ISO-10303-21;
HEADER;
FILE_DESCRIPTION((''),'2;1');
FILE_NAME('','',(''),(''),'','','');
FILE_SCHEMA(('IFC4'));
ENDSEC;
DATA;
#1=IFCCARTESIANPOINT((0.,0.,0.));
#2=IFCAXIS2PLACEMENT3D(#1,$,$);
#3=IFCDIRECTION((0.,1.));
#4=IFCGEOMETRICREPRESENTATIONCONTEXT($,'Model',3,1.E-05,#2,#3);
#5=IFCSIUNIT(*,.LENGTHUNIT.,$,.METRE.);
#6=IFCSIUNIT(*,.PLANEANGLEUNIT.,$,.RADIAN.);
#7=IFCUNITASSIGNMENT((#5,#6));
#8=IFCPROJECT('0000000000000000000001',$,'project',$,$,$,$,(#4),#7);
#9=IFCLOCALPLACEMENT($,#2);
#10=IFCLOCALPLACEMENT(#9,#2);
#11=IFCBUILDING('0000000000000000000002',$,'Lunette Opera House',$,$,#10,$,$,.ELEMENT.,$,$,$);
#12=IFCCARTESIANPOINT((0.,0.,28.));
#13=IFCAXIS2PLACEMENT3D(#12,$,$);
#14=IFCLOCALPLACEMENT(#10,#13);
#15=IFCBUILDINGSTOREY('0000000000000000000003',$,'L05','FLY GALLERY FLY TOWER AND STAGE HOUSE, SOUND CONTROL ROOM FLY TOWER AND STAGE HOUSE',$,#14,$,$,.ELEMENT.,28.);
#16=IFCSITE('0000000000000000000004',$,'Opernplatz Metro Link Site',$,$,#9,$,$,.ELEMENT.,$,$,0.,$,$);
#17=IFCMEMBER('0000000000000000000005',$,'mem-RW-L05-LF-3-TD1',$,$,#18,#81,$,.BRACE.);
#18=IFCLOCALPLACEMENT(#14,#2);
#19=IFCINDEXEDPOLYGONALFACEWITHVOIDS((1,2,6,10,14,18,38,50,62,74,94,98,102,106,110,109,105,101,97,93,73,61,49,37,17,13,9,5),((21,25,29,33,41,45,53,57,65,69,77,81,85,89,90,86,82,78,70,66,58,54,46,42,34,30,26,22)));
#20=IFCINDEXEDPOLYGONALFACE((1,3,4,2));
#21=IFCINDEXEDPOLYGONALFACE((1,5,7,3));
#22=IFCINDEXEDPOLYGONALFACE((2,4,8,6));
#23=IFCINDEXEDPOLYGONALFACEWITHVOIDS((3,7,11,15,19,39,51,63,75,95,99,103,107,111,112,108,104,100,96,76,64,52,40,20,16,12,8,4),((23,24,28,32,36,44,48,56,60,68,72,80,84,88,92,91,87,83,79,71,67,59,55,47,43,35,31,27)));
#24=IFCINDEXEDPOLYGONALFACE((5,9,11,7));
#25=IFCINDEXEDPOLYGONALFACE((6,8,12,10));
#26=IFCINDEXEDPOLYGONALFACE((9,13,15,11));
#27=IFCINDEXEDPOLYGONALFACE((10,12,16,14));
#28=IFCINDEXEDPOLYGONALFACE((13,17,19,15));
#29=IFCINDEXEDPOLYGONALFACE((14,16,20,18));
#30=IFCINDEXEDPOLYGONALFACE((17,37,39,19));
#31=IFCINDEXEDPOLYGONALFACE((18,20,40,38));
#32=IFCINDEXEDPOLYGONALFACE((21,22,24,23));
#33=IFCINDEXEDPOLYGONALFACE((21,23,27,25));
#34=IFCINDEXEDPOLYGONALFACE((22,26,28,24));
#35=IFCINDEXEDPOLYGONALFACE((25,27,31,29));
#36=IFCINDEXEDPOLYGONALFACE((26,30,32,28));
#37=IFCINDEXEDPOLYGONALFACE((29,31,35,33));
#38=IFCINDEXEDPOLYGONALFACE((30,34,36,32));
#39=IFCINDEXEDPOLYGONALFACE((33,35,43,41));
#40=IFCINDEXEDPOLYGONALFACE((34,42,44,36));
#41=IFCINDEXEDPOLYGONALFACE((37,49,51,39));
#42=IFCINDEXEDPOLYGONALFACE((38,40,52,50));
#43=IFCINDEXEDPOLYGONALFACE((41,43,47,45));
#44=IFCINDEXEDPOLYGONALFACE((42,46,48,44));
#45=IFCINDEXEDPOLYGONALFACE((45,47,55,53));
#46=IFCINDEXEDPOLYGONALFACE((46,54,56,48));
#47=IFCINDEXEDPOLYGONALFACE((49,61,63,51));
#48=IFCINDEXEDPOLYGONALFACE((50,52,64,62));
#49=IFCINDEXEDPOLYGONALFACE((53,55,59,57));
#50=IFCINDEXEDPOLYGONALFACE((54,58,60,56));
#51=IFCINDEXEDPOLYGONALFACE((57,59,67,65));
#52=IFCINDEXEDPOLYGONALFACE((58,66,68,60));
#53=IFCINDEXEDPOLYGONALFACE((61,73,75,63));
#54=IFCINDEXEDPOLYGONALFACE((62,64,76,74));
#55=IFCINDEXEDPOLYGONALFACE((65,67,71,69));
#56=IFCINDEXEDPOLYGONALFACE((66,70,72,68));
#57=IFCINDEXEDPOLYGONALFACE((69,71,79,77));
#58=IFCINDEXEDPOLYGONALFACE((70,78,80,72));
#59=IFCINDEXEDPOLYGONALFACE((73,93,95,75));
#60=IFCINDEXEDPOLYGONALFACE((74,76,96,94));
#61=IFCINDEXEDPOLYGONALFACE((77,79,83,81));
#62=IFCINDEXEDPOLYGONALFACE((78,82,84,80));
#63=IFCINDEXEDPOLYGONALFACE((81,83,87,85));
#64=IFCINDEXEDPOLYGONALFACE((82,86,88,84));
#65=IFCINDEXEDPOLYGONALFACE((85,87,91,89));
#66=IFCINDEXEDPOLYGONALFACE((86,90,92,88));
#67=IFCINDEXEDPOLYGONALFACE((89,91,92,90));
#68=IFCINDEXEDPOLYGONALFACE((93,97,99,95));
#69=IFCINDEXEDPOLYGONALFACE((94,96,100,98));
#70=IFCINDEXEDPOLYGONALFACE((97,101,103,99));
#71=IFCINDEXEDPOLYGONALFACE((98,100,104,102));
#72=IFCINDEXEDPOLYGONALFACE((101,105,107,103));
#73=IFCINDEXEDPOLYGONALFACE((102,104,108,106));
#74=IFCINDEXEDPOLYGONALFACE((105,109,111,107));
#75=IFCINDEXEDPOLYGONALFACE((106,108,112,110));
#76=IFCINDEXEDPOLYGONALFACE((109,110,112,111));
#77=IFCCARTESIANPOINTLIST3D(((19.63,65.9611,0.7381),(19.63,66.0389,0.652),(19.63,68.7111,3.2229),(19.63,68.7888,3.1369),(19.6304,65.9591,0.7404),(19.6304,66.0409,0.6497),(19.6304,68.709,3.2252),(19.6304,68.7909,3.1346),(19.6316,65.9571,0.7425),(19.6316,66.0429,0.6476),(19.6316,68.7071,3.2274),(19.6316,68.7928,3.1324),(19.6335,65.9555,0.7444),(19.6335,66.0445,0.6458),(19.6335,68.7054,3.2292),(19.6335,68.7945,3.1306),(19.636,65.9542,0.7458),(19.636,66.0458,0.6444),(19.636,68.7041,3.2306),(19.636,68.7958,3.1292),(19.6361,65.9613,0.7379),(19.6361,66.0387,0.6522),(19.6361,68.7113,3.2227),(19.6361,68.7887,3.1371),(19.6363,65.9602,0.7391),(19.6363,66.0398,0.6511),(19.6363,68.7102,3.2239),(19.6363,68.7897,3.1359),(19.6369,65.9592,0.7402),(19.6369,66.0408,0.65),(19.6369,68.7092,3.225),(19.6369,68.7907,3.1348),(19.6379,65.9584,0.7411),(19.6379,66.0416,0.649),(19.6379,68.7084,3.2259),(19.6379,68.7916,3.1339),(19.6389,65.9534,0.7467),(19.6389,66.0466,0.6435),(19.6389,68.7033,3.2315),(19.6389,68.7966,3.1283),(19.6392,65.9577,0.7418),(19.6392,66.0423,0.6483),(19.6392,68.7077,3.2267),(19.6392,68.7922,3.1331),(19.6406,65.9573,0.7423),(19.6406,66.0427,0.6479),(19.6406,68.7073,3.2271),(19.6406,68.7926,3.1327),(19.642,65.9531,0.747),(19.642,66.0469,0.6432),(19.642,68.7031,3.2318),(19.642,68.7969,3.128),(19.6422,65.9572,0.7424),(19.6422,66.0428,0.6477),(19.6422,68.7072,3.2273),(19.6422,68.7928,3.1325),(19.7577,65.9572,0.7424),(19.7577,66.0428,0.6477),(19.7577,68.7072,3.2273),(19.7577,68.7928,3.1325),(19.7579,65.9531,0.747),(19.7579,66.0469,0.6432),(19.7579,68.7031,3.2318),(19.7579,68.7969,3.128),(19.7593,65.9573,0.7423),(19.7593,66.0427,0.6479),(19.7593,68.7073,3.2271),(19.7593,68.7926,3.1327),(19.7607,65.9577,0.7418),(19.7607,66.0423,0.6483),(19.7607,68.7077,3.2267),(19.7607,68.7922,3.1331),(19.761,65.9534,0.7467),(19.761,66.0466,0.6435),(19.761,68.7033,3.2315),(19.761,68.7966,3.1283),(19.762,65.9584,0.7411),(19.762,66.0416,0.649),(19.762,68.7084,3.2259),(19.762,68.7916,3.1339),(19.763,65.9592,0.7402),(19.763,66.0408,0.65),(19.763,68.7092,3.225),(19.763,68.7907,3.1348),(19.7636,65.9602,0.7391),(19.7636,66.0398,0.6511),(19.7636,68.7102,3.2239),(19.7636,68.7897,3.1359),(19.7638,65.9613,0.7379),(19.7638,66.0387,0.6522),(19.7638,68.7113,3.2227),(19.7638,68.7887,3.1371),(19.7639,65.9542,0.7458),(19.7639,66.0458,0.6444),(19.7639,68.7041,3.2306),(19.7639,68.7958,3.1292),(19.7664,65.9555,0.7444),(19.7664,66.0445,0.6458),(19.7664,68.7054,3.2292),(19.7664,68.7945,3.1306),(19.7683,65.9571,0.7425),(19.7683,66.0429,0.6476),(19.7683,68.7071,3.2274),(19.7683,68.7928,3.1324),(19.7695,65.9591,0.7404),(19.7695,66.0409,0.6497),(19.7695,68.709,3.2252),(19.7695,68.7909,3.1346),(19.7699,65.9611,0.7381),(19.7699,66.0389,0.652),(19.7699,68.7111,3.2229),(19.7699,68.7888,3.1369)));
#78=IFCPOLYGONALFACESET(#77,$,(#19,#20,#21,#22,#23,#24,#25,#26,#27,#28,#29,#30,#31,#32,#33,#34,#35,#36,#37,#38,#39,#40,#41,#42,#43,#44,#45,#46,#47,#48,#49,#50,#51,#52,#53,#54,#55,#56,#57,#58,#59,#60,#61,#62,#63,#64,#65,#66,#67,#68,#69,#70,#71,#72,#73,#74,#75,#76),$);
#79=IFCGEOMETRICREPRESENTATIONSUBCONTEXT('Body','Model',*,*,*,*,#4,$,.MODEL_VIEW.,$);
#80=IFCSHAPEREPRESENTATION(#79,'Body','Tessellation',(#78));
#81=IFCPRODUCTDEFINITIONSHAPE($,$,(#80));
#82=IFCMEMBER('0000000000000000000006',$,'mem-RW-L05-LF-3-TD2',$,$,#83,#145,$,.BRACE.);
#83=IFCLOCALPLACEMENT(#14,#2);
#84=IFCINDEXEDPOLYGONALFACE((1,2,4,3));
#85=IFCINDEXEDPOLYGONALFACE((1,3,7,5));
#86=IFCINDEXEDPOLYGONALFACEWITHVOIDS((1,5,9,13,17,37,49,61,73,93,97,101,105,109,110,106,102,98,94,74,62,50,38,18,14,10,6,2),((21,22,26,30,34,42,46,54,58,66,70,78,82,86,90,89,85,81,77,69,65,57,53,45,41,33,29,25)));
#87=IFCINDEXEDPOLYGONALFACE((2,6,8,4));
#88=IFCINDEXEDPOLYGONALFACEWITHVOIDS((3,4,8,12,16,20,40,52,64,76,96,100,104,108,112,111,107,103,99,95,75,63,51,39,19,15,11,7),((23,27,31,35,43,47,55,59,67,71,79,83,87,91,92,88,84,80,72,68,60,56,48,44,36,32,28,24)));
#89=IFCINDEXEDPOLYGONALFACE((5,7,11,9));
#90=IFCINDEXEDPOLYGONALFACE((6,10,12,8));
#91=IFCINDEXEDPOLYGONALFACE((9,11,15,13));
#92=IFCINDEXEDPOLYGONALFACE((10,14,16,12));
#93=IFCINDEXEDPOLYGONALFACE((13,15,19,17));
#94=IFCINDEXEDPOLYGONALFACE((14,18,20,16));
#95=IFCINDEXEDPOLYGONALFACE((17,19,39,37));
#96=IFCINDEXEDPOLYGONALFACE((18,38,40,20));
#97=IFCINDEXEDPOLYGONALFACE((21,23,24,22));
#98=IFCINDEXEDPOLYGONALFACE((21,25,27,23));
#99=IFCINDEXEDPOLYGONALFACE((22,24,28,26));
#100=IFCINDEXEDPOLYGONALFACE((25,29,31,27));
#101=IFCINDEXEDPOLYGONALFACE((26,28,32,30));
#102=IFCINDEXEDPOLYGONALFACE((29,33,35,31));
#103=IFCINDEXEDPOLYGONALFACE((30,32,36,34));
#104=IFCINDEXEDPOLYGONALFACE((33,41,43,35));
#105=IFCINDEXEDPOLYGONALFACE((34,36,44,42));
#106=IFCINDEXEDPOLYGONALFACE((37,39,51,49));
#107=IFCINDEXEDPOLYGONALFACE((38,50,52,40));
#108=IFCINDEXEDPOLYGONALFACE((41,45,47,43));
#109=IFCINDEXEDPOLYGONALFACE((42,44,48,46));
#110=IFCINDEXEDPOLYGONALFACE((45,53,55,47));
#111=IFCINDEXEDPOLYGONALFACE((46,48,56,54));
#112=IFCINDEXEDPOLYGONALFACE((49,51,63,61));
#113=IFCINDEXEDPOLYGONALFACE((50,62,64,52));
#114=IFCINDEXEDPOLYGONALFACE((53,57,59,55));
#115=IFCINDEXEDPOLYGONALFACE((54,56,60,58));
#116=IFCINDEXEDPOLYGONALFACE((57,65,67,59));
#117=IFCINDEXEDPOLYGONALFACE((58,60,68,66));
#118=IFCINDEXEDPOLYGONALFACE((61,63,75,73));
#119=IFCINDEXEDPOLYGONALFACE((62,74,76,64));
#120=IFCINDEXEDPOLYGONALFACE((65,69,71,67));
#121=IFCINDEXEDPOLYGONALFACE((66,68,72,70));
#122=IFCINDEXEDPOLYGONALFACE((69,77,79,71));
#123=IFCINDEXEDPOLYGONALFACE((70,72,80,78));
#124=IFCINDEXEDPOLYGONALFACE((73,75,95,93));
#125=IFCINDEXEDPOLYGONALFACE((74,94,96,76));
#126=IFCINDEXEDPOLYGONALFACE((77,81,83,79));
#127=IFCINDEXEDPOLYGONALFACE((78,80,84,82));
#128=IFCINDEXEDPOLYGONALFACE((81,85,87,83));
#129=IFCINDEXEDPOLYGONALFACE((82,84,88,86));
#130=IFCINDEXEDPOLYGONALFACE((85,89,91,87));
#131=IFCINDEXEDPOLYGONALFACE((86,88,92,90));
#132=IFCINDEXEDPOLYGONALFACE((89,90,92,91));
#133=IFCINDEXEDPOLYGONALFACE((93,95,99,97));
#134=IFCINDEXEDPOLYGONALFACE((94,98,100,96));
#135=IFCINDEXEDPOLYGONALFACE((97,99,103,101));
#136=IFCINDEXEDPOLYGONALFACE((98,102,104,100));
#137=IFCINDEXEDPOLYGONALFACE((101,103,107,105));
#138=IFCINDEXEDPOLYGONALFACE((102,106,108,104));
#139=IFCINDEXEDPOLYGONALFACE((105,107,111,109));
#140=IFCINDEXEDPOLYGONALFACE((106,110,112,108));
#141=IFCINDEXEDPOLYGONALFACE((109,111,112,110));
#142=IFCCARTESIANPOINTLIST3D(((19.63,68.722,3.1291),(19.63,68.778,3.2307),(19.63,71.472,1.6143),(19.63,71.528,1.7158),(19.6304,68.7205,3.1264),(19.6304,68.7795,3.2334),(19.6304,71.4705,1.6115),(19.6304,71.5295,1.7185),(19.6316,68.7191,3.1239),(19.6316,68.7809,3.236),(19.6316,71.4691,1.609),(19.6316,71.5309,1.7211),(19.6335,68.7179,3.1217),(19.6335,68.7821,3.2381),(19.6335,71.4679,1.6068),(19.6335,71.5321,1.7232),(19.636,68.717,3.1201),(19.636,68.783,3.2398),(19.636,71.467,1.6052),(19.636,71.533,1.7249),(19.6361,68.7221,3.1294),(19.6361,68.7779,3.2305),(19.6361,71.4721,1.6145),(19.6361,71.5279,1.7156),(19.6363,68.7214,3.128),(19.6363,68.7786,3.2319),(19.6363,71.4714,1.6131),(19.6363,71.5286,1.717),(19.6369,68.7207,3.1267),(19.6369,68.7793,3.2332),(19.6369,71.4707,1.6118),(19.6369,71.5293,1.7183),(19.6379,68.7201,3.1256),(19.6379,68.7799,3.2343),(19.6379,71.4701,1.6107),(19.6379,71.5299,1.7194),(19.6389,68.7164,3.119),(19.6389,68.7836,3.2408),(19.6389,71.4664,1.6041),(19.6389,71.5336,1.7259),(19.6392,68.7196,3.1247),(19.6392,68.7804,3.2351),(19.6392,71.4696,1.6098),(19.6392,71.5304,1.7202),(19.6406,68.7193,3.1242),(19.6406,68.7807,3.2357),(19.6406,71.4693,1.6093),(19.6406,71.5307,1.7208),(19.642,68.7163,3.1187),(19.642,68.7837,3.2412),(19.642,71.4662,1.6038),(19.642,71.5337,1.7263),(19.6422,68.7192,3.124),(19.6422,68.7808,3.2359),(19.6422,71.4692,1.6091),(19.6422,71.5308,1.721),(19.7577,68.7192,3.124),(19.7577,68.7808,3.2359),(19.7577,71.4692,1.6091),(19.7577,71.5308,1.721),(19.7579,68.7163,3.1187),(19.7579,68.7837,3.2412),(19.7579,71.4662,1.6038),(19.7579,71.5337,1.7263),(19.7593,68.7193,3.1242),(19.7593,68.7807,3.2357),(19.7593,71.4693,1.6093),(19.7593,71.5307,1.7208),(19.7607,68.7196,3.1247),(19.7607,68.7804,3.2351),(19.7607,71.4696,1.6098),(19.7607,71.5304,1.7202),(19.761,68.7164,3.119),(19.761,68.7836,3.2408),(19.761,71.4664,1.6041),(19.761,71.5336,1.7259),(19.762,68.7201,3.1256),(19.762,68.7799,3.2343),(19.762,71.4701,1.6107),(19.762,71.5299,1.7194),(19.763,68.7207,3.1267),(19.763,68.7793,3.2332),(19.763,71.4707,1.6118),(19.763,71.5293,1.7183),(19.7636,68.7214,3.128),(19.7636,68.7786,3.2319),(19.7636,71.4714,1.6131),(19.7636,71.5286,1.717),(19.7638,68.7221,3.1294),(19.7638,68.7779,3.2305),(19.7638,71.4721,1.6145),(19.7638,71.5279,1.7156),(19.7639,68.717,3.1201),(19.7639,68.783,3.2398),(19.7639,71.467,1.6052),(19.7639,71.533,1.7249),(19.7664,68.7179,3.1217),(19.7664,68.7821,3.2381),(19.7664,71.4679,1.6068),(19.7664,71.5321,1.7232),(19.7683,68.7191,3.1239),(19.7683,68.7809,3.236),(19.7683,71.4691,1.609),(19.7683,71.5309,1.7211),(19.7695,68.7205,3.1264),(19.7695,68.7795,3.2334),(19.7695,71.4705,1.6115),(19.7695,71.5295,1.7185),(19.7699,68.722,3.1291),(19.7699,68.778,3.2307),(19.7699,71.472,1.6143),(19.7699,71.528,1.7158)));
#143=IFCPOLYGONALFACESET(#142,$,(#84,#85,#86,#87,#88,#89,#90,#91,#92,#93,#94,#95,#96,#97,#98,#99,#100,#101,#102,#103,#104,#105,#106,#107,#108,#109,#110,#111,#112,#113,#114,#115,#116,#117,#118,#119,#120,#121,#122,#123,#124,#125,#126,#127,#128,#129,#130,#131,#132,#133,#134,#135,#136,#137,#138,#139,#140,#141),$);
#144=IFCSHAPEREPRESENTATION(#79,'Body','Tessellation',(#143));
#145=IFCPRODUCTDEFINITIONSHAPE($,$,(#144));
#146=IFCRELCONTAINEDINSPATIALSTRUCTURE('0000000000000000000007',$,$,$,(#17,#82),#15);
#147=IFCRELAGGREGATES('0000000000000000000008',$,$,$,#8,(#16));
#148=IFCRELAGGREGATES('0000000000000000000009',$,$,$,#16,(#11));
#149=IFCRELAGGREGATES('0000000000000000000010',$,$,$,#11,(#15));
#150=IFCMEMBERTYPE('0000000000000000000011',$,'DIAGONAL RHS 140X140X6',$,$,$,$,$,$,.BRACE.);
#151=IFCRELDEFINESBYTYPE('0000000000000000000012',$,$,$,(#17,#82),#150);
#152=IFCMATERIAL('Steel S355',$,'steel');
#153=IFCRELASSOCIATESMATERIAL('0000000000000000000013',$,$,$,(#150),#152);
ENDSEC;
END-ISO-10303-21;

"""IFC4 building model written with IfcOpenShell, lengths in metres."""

from ifc_helpers import new_model, si_unit, direction, frame, origin, origin_2d, place, context, subcontext, project, spatial, hollow_rectangle, extrude, material, material_profile, profile_set, type_object, element, save


model = new_model("IFC4")

# Units and contexts
model_context = context("Model", 3, precision=1e-05, world=origin(), true_north=direction((0.0, 1.0)))
body_context = subcontext(model_context, "Body", "Model", "MODEL_VIEW")
ifc_project = project(units=[si_unit("LENGTHUNIT", "METRE"), si_unit("PLANEANGLEUNIT", "RADIAN")], contexts=[model_context])

# Site, building, storey
site_placement = place(None, origin())
site = spatial("IfcSite", under=ifc_project, at=site_placement, Name="Opernplatz Metro Link Site", CompositionType="ELEMENT", RefElevation=0.0)
building_placement = place(site_placement, origin())
building = spatial("IfcBuilding", under=site, at=building_placement, Name="Lunette Opera House", CompositionType="ELEMENT")
storey_placement = place(building_placement, frame((0.0, 0.0, 28.0)))
storey = spatial("IfcBuildingStorey", under=building, at=storey_placement, Name="L05", Description="FLY GALLERY FLY TOWER AND STAGE HOUSE, SOUND CONTROL ROOM FLY TOWER AND STAGE HOUSE", CompositionType="ELEMENT", Elevation=28.0)

# Members
ifc_material_1 = material(Name="Steel S355", Category="steel")
ifc_material_profile_1 = material_profile(ifc_material_1, hollow_rectangle(XDim=0.1399, YDim=0.1399, WallThickness=0.0061, InnerFilletRadius=0.0061, OuterFilletRadius=0.012, at=origin_2d()), Name="RHS 140X140X6")
ifc_profile_set_1 = profile_set([ifc_material_profile_1], Name="Steel S355")
member_type_1 = type_object("IfcMemberType", Name="DIAGONAL RHS 140X140X6", PredefinedType="BRACE", material=ifc_profile_set_1)
for number, where, z_axis, x_axis, name in (
    (1, (19.7, 66.0, 0.6951), (0.0, 0.741969, 0.670434), (-1.0, 0.0, 0.0), "mem-RW-L05-LF-3-TD1"),
):
    element("IfcMember", number, at=place(storey_placement, frame(where, z_axis=z_axis, x_axis=x_axis)), inside=storey, type_object=member_type_1, Name=name, PredefinedType="BRACE", context=body_context, shape_type="SweptSolid", body=[
        extrude(hollow_rectangle(XDim=0.1399, YDim=0.1399, WallThickness=0.0061, InnerFilletRadius=0.0061, OuterFilletRadius=0.012, at=origin_2d()), origin(), (0.0, 0.0, 1.0), 3.7063),
    ])
member_1_placement = place(storey_placement, frame((19.7, 68.75, 3.1799), z_axis=(0.0, 0.875894, -0.482504), x_axis=(-1.0, 0.0, 0.0)))
element("IfcMember", 2, at=member_1_placement, inside=storey, type_object=member_type_1, Name="mem-RW-L05-LF-3-TD2", PredefinedType="BRACE", context=body_context, shape_type="SweptSolid", body=[
    extrude(hollow_rectangle(XDim=0.1399, YDim=0.1399, WallThickness=0.0061, InnerFilletRadius=0.0061, OuterFilletRadius=0.012, at=origin_2d()), origin(), (0.0, 0.0, 1.0), 3.1396),
])

save(model, "model.ifc")
